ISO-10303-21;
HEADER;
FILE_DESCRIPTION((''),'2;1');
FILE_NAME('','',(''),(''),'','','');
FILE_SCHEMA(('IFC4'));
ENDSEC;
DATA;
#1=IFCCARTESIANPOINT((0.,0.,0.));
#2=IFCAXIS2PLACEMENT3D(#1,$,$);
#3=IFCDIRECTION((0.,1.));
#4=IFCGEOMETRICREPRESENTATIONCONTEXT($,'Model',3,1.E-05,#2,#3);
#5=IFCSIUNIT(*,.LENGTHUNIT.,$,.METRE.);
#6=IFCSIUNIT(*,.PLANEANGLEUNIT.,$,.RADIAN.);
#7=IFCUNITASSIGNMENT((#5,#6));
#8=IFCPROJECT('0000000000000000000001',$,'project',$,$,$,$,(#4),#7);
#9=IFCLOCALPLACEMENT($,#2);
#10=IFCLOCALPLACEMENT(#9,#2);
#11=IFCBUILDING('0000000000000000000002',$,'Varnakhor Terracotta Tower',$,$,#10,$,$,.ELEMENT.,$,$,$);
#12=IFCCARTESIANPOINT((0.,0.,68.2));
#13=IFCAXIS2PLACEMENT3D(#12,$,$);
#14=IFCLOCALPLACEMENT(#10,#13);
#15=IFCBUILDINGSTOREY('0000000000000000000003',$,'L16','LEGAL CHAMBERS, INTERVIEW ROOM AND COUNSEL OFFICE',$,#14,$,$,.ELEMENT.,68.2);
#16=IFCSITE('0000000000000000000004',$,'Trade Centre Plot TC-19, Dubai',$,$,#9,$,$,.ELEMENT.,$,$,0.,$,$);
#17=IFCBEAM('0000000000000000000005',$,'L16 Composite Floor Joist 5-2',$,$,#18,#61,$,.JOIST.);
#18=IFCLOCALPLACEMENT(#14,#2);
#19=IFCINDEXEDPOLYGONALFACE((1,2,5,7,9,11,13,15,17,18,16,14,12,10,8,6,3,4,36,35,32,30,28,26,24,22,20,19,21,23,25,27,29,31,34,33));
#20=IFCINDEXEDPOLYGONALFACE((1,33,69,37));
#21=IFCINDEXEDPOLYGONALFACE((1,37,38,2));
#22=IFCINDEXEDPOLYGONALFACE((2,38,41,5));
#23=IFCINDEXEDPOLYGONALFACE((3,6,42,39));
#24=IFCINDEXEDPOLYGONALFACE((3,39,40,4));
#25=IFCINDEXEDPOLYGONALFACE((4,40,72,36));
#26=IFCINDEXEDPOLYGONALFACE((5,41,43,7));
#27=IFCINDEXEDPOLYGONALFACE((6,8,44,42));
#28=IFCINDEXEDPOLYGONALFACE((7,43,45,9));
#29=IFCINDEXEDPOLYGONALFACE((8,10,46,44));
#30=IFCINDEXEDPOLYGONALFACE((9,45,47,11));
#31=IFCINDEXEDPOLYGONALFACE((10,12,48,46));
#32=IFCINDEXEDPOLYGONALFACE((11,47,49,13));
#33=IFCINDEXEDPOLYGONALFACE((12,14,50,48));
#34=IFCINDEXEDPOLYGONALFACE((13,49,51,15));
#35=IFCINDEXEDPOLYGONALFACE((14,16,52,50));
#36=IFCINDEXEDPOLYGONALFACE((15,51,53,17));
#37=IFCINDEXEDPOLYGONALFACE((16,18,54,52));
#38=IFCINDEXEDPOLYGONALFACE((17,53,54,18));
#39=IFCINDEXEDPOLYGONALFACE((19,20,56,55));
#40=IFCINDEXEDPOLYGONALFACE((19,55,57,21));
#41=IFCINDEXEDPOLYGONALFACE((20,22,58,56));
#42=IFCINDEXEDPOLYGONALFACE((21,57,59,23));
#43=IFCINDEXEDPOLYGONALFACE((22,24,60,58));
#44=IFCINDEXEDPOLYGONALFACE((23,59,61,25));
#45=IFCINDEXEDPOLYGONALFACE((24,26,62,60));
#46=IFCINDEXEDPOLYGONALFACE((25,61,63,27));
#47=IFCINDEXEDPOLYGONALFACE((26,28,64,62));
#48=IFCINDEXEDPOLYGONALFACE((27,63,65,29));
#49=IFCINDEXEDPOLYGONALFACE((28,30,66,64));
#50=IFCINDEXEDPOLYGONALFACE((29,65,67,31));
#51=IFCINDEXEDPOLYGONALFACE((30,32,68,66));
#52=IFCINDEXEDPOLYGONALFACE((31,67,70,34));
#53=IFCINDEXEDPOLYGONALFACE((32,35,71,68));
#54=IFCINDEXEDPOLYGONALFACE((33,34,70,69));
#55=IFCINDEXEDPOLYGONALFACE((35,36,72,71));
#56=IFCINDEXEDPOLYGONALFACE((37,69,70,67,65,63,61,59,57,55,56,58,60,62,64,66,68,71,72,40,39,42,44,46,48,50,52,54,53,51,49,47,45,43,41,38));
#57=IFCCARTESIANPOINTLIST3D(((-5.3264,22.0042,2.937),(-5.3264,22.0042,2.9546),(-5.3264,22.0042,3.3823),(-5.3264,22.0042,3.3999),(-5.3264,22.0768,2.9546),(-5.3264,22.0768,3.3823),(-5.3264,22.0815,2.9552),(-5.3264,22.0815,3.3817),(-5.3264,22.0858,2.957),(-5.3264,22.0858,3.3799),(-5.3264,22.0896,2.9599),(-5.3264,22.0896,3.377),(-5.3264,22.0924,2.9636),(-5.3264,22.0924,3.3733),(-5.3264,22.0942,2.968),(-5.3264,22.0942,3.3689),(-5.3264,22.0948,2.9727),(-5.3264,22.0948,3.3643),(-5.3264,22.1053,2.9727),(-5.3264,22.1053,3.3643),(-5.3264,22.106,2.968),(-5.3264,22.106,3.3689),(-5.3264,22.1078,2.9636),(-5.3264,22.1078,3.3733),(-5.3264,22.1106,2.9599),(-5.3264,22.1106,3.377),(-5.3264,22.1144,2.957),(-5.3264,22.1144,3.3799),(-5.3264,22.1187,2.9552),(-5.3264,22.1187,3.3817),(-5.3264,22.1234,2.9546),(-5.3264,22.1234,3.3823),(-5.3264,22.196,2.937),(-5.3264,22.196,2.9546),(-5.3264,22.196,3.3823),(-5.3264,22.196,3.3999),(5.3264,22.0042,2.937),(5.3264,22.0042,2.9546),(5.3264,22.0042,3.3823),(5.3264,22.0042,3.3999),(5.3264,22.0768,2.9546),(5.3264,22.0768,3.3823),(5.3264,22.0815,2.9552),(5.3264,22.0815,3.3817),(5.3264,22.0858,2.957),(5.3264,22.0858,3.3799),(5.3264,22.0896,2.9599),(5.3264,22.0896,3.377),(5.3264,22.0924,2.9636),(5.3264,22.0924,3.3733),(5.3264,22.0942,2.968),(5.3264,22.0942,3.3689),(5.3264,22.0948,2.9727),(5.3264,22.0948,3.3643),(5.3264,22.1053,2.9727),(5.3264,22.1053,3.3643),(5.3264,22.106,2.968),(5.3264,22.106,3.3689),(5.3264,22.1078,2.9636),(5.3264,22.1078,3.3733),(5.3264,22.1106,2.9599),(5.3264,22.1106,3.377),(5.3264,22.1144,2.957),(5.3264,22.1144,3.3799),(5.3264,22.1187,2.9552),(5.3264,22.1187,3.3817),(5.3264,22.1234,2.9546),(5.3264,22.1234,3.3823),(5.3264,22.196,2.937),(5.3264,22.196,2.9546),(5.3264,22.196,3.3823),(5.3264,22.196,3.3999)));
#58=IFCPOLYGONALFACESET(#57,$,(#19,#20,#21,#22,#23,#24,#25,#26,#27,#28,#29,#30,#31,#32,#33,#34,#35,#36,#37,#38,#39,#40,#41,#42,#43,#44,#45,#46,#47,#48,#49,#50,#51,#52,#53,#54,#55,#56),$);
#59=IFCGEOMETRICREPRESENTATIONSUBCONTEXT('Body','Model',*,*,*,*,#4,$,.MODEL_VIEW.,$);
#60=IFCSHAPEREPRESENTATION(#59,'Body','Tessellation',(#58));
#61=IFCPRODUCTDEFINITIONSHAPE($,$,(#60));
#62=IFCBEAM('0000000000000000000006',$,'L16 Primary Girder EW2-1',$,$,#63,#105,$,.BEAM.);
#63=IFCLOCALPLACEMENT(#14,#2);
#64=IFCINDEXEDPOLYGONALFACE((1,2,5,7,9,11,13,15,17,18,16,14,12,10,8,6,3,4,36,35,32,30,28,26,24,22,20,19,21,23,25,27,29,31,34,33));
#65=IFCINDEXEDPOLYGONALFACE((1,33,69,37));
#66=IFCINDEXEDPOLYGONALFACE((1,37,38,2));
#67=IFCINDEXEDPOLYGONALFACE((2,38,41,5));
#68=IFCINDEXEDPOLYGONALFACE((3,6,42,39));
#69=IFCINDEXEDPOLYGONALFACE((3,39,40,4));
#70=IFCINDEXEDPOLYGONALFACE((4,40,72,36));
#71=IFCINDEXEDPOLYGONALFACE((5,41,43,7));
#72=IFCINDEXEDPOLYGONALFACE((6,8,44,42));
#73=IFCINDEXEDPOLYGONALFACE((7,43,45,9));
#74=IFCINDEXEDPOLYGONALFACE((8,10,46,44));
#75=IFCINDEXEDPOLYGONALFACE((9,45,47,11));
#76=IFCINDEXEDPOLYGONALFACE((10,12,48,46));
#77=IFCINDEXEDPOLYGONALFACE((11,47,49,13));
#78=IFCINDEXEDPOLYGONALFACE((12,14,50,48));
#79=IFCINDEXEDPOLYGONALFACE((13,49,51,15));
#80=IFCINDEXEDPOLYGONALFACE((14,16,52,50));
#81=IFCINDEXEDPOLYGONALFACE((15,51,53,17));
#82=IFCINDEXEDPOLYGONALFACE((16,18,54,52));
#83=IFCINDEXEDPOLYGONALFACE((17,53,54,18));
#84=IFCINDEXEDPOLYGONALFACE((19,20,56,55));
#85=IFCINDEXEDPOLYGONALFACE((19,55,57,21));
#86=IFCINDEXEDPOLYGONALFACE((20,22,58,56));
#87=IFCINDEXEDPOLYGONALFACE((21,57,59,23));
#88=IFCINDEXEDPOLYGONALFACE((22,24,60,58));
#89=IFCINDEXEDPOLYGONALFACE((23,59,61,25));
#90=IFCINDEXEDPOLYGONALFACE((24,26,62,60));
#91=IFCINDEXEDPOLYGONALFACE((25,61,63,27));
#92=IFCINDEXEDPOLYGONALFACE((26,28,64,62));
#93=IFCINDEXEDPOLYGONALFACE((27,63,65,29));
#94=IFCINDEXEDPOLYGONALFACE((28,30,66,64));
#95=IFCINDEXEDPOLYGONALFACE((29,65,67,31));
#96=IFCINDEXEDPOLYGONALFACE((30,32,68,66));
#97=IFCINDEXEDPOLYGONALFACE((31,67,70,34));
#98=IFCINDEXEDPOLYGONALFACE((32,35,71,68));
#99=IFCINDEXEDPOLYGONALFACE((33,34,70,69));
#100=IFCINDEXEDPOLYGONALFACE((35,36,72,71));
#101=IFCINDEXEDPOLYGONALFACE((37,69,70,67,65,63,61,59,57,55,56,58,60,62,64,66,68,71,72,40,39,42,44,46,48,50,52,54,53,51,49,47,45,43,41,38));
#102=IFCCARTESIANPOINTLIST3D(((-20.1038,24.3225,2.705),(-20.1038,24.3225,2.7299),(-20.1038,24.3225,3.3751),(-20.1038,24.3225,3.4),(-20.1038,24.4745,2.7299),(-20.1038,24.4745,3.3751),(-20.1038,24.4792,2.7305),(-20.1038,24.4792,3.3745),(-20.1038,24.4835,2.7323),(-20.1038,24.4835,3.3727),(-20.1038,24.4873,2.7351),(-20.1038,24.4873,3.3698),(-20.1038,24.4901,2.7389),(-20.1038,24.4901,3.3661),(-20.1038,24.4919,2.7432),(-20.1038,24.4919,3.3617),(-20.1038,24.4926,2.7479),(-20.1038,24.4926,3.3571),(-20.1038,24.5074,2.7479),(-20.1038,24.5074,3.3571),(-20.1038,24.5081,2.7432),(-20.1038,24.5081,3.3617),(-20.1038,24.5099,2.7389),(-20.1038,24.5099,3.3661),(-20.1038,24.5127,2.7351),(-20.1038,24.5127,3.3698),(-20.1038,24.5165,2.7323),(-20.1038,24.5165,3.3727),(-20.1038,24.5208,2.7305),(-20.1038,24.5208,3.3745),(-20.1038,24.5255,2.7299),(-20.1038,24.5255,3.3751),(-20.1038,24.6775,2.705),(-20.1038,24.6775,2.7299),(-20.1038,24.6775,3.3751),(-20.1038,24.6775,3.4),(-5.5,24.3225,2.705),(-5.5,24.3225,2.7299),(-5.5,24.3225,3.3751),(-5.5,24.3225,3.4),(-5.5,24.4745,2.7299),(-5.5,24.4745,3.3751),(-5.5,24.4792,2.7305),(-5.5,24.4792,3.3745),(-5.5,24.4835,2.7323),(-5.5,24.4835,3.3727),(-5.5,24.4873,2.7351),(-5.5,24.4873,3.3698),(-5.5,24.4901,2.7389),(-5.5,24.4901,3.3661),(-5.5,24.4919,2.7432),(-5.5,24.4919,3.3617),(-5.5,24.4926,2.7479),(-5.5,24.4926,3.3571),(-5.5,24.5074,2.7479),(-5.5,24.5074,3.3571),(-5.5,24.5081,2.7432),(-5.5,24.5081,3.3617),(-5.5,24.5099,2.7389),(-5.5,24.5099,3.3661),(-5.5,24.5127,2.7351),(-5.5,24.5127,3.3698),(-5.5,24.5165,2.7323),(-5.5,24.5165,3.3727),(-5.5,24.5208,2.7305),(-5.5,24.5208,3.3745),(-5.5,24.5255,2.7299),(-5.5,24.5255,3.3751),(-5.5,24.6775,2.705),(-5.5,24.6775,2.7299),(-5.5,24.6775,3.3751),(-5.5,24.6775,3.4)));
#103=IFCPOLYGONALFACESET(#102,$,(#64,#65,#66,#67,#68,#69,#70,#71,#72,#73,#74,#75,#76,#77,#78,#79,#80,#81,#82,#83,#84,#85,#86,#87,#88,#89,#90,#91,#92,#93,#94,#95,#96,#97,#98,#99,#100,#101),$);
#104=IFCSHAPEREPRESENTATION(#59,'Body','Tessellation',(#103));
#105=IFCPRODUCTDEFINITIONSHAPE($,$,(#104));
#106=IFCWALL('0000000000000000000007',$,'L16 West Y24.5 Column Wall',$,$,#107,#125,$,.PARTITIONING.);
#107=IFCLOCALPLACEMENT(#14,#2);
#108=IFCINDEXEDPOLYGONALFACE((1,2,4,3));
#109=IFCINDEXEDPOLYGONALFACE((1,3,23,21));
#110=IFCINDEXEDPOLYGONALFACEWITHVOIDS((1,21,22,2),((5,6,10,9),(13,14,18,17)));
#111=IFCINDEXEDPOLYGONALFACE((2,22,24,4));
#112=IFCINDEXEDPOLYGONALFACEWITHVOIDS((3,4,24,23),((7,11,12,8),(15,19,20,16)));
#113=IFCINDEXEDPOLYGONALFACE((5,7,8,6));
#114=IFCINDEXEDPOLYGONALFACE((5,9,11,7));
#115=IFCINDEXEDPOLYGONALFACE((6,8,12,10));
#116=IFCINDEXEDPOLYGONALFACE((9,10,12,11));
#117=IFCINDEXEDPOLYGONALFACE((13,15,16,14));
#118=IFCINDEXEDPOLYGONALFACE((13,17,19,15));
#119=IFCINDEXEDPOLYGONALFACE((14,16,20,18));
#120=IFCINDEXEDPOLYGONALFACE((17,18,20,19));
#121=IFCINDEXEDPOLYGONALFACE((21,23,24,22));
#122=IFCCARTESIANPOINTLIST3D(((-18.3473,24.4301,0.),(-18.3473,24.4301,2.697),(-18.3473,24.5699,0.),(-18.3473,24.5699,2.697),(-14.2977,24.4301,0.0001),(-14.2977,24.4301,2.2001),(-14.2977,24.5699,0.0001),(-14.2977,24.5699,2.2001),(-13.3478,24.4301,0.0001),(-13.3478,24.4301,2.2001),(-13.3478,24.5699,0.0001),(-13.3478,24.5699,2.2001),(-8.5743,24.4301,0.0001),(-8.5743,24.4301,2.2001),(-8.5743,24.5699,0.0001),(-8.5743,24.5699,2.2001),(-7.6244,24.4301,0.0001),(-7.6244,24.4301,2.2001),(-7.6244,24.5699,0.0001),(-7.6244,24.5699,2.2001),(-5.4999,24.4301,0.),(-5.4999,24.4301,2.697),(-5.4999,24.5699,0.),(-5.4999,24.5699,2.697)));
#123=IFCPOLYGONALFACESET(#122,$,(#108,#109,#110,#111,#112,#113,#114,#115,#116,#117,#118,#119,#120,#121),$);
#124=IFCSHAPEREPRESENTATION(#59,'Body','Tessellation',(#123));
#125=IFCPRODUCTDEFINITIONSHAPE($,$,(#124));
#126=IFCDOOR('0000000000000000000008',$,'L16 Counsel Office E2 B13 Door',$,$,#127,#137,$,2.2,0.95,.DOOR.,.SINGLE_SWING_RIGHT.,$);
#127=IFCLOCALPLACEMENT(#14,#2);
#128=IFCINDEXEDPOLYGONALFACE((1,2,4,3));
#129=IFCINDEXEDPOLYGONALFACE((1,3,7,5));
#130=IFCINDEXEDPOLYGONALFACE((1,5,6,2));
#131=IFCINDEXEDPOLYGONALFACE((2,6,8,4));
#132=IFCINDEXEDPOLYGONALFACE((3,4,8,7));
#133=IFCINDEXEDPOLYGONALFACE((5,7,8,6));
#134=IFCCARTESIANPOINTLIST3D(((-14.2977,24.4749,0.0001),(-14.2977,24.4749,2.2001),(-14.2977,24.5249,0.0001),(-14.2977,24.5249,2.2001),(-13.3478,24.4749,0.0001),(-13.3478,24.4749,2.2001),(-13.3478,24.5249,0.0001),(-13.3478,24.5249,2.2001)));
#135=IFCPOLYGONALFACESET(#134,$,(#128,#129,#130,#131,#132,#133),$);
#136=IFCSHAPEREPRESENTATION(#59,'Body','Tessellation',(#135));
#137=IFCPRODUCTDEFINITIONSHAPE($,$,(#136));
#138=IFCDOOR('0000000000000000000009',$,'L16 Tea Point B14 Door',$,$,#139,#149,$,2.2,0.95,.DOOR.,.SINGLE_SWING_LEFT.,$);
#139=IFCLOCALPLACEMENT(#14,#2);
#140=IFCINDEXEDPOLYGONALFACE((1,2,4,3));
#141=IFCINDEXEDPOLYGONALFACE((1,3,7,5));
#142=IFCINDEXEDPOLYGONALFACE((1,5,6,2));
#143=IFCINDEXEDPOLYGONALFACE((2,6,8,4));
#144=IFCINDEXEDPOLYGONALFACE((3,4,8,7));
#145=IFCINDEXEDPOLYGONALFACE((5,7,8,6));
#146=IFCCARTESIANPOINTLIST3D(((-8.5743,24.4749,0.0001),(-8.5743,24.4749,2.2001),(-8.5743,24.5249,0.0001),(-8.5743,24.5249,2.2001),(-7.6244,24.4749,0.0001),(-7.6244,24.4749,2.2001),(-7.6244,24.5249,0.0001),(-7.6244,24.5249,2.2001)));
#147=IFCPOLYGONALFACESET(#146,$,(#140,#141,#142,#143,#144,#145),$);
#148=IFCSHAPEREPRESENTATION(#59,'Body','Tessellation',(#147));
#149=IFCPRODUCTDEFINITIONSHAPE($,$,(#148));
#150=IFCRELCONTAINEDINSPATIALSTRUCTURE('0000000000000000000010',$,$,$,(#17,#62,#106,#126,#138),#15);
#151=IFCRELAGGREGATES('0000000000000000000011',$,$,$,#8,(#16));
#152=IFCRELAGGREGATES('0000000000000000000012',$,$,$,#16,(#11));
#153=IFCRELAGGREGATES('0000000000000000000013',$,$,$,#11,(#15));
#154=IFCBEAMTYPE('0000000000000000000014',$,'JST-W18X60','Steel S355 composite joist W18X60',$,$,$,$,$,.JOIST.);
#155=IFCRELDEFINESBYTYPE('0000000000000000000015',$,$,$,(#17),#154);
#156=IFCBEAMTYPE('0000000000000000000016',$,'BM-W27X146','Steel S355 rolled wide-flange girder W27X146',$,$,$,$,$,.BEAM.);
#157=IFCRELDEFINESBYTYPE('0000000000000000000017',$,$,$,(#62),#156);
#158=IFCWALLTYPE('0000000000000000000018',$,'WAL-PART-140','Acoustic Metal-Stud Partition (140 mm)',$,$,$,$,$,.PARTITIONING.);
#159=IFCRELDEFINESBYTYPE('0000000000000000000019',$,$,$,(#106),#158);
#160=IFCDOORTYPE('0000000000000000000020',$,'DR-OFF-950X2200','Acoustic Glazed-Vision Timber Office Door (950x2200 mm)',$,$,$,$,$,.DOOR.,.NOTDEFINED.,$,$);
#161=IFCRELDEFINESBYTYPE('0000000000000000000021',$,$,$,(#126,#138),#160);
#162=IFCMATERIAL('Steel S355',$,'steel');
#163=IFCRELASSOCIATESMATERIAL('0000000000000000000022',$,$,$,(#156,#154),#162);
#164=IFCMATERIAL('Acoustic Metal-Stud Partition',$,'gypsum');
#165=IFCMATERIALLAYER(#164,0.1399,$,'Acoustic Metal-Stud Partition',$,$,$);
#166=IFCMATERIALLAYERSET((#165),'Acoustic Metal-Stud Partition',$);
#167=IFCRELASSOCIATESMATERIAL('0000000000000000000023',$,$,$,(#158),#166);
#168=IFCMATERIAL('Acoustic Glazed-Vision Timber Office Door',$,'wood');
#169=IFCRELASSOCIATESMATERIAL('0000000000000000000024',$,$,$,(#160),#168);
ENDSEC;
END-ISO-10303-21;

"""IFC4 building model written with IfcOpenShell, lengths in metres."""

from ifc_helpers import new_model, si_unit, direction, frame, frame_2d, origin, origin_2d, place, context, subcontext, project, spatial, rectangle, i_section, extrude, source, transform, mapped, material, layer, layer_set, material_profile, profile_set, type_object, type_shapes, element, fill, save


model = new_model("IFC4")

# Units and contexts
model_context = context("Model", 3, precision=1e-05, world=origin(), true_north=direction((0.0, 1.0)))
body_context = subcontext(model_context, "Body", "Model", "MODEL_VIEW")
ifc_project = project(units=[si_unit("LENGTHUNIT", "METRE"), si_unit("PLANEANGLEUNIT", "RADIAN")], contexts=[model_context])

# Site, building, storey
site_placement = place(None, origin())
site = spatial("IfcSite", under=ifc_project, at=site_placement, Name="Trade Centre Plot TC-19, Dubai", CompositionType="ELEMENT", RefElevation=0.0)
building_placement = place(site_placement, origin())
building = spatial("IfcBuilding", under=site, at=building_placement, Name="Varnakhor Terracotta Tower", CompositionType="ELEMENT")
storey_placement = place(building_placement, frame((0.0, 0.0, 68.2)))
storey = spatial("IfcBuildingStorey", under=building, at=storey_placement, Name="L16", Description="LEGAL CHAMBERS, INTERVIEW ROOM AND COUNSEL OFFICE", CompositionType="ELEMENT", Elevation=68.2)

# Beams
ifc_material_1 = material(Name="Steel S355", Category="steel")
ifc_material_profile_1 = material_profile(ifc_material_1, i_section(OverallWidth=0.355, OverallDepth=0.6951, WebThickness=0.0149, FlangeThickness=0.0249, FilletRadius=0.0181, at=origin_2d()), Name="W27X146")
ifc_profile_set_1 = profile_set([ifc_material_profile_1], Name="Steel S355")
beam_type_1 = type_object("IfcBeamType", Name="BM-W27X146", Description="Steel S355 rolled wide-flange girder W27X146", PredefinedType="BEAM", material=ifc_profile_set_1)
ifc_material_profile_2 = material_profile(ifc_material_1, i_section(OverallWidth=0.1919, OverallDepth=0.4629, WebThickness=0.0105, FlangeThickness=0.0176, FilletRadius=0.0181, at=origin_2d()), Name="W18X60")
ifc_profile_set_2 = profile_set([ifc_material_profile_2], Name="Steel S355")
beam_type_2 = type_object("IfcBeamType", Name="JST-W18X60", Description="Steel S355 composite joist W18X60", PredefinedType="JOIST", material=ifc_profile_set_2)
shared_shape_1 = source(origin(), body_context, "Body", "SweptSolid", [
    extrude(i_section(OverallWidth=0.1919, OverallDepth=0.4629, WebThickness=0.0105, FlangeThickness=0.0176, FilletRadius=0.0181, at=origin_2d()), origin(), (0.0, 0.0, 1.0), 10.6528),
])
for number, where, z_axis, x_axis, name in (
    (1, (-5.3264, 22.1001, 3.1685), (1.0, 0.0, 0.0), (0.0, 1.0, 0.0), "L16 Composite Floor Joist 5-2"),
):
    element("IfcBeam", number, at=place(storey_placement, frame(where, z_axis=z_axis, x_axis=x_axis)), inside=storey, type_object=beam_type_2, Name=name, PredefinedType="JOIST", context=body_context, shape_type="MappedRepresentation", body=[
        mapped(shared_shape_1, transform((0.0, 0.0, 0.0), scale=1.0)),
    ])
shared_shape_2 = source(origin(), body_context, "Body", "SweptSolid", [
    extrude(i_section(OverallWidth=0.355, OverallDepth=0.6951, WebThickness=0.0149, FlangeThickness=0.0249, FilletRadius=0.0181, at=origin_2d()), origin(), (0.0, 0.0, 1.0), 14.6038),
])
beam_1_placement = place(storey_placement, frame((-20.1038, 24.5, 3.0525), z_axis=(1.0, 0.0, 0.0), x_axis=(0.0, 1.0, 0.0)))
element("IfcBeam", 2, at=beam_1_placement, inside=storey, type_object=beam_type_1, Name="L16 Primary Girder EW2-1", PredefinedType="BEAM", context=body_context, shape_type="MappedRepresentation", body=[
    mapped(shared_shape_2, transform((0.0, 0.0, 0.0), scale=1.0)),
])

# Wall, openings, doors
ifc_material_2 = material(Name="Acoustic Metal-Stud Partition", Category="gypsum")
ifc_layer_1 = layer(ifc_material_2, 0.1399, Name="Acoustic Metal-Stud Partition")
ifc_layer_set_1 = layer_set([ifc_layer_1], Name="Acoustic Metal-Stud Partition")
wall_type_1 = type_object("IfcWallType", Name="WAL-PART-140", Description="Acoustic Metal-Stud Partition (140 mm)", PredefinedType="PARTITIONING", material=ifc_layer_set_1)
wall_1_placement = place(storey_placement, frame((-18.3474, 24.5, 0.0), z_axis=(0.0, 0.0, 1.0), x_axis=(1.0, 0.0, 0.0)))
wall_1 = element("IfcWall", 3, at=wall_1_placement, inside=storey, type_object=wall_type_1, Name="L16 West Y24.5 Column Wall", PredefinedType="PARTITIONING", context=body_context, shape_type="SweptSolid", body=[
    extrude(rectangle(XDim=12.8474, YDim=0.1399, at=frame_2d((6.4238, 0.0))), origin(), (0.0, 0.0, 1.0), 2.697),
])
opening_1_placement = place(wall_1_placement, frame((4.0496, 0.0, 0.0)))
opening_1 = element("IfcOpeningElement", 4, at=opening_1_placement, cuts=wall_1, PredefinedType="OPENING", context=body_context, shape_type="SweptSolid", body=[
    extrude(rectangle(XDim=0.95, YDim=2.2, at=frame_2d((0.4751, 1.1001))), frame((0.0, 0.0801, 0.0), z_axis=(0.0, -1.0, 0.0), x_axis=(1.0, 0.0, 0.0)), (0.0, 0.0, 1.0), 0.1599),
])
opening_2_placement = place(wall_1_placement, frame((9.7729, 0.0, 0.0)))
opening_2 = element("IfcOpeningElement", 5, at=opening_2_placement, cuts=wall_1, PredefinedType="OPENING", context=body_context, shape_type="SweptSolid", body=[
    extrude(rectangle(XDim=0.95, YDim=2.2, at=frame_2d((0.4751, 1.1001))), frame((0.0, 0.0801, 0.0), z_axis=(0.0, -1.0, 0.0), x_axis=(1.0, 0.0, 0.0)), (0.0, 0.0, 1.0), 0.1599),
])
ifc_material_3 = material(Name="Acoustic Glazed-Vision Timber Office Door", Category="wood")
door_type_1 = type_object("IfcDoorType", Name="DR-OFF-950X2200", Description="Acoustic Glazed-Vision Timber Office Door (950x2200 mm)", OperationType="NOTDEFINED", PredefinedType="DOOR", material=ifc_material_3)
shared_shape_3 = source(origin(), body_context, "Body", "SweptSolid", [
    extrude(rectangle(XDim=0.95, YDim=2.2, at=frame_2d((0.4751, 1.1001))), frame((0.0, 0.0249, 0.0), z_axis=(0.0, -1.0, 0.0), x_axis=(1.0, 0.0, 0.0)), (0.0, 0.0, 1.0), 0.05),
])
type_shapes(door_type_1, [shared_shape_3])
door_1_placement = place(opening_1_placement, origin())
door_1 = element("IfcDoor", 6, at=door_1_placement, inside=storey, type_object=door_type_1, Name="L16 Counsel Office E2 B13 Door", OperationType="SINGLE_SWING_RIGHT", OverallHeight=2.2, OverallWidth=0.95, PredefinedType="DOOR", context=body_context, shape_type="MappedRepresentation", body=[
    mapped(shared_shape_3, transform((0.0, 0.0, 0.0), scale=1.0)),
])
fill(opening_1, door_1)
door_2_placement = place(opening_2_placement, origin())
door_2 = element("IfcDoor", 7, at=door_2_placement, inside=storey, type_object=door_type_1, Name="L16 Tea Point B14 Door", OperationType="SINGLE_SWING_LEFT", OverallHeight=2.2, OverallWidth=0.95, PredefinedType="DOOR", context=body_context, shape_type="MappedRepresentation", body=[
    mapped(shared_shape_3, transform((0.0, 0.0, 0.0), scale=1.0)),
])
fill(opening_2, door_2)

save(model, "model.ifc")
